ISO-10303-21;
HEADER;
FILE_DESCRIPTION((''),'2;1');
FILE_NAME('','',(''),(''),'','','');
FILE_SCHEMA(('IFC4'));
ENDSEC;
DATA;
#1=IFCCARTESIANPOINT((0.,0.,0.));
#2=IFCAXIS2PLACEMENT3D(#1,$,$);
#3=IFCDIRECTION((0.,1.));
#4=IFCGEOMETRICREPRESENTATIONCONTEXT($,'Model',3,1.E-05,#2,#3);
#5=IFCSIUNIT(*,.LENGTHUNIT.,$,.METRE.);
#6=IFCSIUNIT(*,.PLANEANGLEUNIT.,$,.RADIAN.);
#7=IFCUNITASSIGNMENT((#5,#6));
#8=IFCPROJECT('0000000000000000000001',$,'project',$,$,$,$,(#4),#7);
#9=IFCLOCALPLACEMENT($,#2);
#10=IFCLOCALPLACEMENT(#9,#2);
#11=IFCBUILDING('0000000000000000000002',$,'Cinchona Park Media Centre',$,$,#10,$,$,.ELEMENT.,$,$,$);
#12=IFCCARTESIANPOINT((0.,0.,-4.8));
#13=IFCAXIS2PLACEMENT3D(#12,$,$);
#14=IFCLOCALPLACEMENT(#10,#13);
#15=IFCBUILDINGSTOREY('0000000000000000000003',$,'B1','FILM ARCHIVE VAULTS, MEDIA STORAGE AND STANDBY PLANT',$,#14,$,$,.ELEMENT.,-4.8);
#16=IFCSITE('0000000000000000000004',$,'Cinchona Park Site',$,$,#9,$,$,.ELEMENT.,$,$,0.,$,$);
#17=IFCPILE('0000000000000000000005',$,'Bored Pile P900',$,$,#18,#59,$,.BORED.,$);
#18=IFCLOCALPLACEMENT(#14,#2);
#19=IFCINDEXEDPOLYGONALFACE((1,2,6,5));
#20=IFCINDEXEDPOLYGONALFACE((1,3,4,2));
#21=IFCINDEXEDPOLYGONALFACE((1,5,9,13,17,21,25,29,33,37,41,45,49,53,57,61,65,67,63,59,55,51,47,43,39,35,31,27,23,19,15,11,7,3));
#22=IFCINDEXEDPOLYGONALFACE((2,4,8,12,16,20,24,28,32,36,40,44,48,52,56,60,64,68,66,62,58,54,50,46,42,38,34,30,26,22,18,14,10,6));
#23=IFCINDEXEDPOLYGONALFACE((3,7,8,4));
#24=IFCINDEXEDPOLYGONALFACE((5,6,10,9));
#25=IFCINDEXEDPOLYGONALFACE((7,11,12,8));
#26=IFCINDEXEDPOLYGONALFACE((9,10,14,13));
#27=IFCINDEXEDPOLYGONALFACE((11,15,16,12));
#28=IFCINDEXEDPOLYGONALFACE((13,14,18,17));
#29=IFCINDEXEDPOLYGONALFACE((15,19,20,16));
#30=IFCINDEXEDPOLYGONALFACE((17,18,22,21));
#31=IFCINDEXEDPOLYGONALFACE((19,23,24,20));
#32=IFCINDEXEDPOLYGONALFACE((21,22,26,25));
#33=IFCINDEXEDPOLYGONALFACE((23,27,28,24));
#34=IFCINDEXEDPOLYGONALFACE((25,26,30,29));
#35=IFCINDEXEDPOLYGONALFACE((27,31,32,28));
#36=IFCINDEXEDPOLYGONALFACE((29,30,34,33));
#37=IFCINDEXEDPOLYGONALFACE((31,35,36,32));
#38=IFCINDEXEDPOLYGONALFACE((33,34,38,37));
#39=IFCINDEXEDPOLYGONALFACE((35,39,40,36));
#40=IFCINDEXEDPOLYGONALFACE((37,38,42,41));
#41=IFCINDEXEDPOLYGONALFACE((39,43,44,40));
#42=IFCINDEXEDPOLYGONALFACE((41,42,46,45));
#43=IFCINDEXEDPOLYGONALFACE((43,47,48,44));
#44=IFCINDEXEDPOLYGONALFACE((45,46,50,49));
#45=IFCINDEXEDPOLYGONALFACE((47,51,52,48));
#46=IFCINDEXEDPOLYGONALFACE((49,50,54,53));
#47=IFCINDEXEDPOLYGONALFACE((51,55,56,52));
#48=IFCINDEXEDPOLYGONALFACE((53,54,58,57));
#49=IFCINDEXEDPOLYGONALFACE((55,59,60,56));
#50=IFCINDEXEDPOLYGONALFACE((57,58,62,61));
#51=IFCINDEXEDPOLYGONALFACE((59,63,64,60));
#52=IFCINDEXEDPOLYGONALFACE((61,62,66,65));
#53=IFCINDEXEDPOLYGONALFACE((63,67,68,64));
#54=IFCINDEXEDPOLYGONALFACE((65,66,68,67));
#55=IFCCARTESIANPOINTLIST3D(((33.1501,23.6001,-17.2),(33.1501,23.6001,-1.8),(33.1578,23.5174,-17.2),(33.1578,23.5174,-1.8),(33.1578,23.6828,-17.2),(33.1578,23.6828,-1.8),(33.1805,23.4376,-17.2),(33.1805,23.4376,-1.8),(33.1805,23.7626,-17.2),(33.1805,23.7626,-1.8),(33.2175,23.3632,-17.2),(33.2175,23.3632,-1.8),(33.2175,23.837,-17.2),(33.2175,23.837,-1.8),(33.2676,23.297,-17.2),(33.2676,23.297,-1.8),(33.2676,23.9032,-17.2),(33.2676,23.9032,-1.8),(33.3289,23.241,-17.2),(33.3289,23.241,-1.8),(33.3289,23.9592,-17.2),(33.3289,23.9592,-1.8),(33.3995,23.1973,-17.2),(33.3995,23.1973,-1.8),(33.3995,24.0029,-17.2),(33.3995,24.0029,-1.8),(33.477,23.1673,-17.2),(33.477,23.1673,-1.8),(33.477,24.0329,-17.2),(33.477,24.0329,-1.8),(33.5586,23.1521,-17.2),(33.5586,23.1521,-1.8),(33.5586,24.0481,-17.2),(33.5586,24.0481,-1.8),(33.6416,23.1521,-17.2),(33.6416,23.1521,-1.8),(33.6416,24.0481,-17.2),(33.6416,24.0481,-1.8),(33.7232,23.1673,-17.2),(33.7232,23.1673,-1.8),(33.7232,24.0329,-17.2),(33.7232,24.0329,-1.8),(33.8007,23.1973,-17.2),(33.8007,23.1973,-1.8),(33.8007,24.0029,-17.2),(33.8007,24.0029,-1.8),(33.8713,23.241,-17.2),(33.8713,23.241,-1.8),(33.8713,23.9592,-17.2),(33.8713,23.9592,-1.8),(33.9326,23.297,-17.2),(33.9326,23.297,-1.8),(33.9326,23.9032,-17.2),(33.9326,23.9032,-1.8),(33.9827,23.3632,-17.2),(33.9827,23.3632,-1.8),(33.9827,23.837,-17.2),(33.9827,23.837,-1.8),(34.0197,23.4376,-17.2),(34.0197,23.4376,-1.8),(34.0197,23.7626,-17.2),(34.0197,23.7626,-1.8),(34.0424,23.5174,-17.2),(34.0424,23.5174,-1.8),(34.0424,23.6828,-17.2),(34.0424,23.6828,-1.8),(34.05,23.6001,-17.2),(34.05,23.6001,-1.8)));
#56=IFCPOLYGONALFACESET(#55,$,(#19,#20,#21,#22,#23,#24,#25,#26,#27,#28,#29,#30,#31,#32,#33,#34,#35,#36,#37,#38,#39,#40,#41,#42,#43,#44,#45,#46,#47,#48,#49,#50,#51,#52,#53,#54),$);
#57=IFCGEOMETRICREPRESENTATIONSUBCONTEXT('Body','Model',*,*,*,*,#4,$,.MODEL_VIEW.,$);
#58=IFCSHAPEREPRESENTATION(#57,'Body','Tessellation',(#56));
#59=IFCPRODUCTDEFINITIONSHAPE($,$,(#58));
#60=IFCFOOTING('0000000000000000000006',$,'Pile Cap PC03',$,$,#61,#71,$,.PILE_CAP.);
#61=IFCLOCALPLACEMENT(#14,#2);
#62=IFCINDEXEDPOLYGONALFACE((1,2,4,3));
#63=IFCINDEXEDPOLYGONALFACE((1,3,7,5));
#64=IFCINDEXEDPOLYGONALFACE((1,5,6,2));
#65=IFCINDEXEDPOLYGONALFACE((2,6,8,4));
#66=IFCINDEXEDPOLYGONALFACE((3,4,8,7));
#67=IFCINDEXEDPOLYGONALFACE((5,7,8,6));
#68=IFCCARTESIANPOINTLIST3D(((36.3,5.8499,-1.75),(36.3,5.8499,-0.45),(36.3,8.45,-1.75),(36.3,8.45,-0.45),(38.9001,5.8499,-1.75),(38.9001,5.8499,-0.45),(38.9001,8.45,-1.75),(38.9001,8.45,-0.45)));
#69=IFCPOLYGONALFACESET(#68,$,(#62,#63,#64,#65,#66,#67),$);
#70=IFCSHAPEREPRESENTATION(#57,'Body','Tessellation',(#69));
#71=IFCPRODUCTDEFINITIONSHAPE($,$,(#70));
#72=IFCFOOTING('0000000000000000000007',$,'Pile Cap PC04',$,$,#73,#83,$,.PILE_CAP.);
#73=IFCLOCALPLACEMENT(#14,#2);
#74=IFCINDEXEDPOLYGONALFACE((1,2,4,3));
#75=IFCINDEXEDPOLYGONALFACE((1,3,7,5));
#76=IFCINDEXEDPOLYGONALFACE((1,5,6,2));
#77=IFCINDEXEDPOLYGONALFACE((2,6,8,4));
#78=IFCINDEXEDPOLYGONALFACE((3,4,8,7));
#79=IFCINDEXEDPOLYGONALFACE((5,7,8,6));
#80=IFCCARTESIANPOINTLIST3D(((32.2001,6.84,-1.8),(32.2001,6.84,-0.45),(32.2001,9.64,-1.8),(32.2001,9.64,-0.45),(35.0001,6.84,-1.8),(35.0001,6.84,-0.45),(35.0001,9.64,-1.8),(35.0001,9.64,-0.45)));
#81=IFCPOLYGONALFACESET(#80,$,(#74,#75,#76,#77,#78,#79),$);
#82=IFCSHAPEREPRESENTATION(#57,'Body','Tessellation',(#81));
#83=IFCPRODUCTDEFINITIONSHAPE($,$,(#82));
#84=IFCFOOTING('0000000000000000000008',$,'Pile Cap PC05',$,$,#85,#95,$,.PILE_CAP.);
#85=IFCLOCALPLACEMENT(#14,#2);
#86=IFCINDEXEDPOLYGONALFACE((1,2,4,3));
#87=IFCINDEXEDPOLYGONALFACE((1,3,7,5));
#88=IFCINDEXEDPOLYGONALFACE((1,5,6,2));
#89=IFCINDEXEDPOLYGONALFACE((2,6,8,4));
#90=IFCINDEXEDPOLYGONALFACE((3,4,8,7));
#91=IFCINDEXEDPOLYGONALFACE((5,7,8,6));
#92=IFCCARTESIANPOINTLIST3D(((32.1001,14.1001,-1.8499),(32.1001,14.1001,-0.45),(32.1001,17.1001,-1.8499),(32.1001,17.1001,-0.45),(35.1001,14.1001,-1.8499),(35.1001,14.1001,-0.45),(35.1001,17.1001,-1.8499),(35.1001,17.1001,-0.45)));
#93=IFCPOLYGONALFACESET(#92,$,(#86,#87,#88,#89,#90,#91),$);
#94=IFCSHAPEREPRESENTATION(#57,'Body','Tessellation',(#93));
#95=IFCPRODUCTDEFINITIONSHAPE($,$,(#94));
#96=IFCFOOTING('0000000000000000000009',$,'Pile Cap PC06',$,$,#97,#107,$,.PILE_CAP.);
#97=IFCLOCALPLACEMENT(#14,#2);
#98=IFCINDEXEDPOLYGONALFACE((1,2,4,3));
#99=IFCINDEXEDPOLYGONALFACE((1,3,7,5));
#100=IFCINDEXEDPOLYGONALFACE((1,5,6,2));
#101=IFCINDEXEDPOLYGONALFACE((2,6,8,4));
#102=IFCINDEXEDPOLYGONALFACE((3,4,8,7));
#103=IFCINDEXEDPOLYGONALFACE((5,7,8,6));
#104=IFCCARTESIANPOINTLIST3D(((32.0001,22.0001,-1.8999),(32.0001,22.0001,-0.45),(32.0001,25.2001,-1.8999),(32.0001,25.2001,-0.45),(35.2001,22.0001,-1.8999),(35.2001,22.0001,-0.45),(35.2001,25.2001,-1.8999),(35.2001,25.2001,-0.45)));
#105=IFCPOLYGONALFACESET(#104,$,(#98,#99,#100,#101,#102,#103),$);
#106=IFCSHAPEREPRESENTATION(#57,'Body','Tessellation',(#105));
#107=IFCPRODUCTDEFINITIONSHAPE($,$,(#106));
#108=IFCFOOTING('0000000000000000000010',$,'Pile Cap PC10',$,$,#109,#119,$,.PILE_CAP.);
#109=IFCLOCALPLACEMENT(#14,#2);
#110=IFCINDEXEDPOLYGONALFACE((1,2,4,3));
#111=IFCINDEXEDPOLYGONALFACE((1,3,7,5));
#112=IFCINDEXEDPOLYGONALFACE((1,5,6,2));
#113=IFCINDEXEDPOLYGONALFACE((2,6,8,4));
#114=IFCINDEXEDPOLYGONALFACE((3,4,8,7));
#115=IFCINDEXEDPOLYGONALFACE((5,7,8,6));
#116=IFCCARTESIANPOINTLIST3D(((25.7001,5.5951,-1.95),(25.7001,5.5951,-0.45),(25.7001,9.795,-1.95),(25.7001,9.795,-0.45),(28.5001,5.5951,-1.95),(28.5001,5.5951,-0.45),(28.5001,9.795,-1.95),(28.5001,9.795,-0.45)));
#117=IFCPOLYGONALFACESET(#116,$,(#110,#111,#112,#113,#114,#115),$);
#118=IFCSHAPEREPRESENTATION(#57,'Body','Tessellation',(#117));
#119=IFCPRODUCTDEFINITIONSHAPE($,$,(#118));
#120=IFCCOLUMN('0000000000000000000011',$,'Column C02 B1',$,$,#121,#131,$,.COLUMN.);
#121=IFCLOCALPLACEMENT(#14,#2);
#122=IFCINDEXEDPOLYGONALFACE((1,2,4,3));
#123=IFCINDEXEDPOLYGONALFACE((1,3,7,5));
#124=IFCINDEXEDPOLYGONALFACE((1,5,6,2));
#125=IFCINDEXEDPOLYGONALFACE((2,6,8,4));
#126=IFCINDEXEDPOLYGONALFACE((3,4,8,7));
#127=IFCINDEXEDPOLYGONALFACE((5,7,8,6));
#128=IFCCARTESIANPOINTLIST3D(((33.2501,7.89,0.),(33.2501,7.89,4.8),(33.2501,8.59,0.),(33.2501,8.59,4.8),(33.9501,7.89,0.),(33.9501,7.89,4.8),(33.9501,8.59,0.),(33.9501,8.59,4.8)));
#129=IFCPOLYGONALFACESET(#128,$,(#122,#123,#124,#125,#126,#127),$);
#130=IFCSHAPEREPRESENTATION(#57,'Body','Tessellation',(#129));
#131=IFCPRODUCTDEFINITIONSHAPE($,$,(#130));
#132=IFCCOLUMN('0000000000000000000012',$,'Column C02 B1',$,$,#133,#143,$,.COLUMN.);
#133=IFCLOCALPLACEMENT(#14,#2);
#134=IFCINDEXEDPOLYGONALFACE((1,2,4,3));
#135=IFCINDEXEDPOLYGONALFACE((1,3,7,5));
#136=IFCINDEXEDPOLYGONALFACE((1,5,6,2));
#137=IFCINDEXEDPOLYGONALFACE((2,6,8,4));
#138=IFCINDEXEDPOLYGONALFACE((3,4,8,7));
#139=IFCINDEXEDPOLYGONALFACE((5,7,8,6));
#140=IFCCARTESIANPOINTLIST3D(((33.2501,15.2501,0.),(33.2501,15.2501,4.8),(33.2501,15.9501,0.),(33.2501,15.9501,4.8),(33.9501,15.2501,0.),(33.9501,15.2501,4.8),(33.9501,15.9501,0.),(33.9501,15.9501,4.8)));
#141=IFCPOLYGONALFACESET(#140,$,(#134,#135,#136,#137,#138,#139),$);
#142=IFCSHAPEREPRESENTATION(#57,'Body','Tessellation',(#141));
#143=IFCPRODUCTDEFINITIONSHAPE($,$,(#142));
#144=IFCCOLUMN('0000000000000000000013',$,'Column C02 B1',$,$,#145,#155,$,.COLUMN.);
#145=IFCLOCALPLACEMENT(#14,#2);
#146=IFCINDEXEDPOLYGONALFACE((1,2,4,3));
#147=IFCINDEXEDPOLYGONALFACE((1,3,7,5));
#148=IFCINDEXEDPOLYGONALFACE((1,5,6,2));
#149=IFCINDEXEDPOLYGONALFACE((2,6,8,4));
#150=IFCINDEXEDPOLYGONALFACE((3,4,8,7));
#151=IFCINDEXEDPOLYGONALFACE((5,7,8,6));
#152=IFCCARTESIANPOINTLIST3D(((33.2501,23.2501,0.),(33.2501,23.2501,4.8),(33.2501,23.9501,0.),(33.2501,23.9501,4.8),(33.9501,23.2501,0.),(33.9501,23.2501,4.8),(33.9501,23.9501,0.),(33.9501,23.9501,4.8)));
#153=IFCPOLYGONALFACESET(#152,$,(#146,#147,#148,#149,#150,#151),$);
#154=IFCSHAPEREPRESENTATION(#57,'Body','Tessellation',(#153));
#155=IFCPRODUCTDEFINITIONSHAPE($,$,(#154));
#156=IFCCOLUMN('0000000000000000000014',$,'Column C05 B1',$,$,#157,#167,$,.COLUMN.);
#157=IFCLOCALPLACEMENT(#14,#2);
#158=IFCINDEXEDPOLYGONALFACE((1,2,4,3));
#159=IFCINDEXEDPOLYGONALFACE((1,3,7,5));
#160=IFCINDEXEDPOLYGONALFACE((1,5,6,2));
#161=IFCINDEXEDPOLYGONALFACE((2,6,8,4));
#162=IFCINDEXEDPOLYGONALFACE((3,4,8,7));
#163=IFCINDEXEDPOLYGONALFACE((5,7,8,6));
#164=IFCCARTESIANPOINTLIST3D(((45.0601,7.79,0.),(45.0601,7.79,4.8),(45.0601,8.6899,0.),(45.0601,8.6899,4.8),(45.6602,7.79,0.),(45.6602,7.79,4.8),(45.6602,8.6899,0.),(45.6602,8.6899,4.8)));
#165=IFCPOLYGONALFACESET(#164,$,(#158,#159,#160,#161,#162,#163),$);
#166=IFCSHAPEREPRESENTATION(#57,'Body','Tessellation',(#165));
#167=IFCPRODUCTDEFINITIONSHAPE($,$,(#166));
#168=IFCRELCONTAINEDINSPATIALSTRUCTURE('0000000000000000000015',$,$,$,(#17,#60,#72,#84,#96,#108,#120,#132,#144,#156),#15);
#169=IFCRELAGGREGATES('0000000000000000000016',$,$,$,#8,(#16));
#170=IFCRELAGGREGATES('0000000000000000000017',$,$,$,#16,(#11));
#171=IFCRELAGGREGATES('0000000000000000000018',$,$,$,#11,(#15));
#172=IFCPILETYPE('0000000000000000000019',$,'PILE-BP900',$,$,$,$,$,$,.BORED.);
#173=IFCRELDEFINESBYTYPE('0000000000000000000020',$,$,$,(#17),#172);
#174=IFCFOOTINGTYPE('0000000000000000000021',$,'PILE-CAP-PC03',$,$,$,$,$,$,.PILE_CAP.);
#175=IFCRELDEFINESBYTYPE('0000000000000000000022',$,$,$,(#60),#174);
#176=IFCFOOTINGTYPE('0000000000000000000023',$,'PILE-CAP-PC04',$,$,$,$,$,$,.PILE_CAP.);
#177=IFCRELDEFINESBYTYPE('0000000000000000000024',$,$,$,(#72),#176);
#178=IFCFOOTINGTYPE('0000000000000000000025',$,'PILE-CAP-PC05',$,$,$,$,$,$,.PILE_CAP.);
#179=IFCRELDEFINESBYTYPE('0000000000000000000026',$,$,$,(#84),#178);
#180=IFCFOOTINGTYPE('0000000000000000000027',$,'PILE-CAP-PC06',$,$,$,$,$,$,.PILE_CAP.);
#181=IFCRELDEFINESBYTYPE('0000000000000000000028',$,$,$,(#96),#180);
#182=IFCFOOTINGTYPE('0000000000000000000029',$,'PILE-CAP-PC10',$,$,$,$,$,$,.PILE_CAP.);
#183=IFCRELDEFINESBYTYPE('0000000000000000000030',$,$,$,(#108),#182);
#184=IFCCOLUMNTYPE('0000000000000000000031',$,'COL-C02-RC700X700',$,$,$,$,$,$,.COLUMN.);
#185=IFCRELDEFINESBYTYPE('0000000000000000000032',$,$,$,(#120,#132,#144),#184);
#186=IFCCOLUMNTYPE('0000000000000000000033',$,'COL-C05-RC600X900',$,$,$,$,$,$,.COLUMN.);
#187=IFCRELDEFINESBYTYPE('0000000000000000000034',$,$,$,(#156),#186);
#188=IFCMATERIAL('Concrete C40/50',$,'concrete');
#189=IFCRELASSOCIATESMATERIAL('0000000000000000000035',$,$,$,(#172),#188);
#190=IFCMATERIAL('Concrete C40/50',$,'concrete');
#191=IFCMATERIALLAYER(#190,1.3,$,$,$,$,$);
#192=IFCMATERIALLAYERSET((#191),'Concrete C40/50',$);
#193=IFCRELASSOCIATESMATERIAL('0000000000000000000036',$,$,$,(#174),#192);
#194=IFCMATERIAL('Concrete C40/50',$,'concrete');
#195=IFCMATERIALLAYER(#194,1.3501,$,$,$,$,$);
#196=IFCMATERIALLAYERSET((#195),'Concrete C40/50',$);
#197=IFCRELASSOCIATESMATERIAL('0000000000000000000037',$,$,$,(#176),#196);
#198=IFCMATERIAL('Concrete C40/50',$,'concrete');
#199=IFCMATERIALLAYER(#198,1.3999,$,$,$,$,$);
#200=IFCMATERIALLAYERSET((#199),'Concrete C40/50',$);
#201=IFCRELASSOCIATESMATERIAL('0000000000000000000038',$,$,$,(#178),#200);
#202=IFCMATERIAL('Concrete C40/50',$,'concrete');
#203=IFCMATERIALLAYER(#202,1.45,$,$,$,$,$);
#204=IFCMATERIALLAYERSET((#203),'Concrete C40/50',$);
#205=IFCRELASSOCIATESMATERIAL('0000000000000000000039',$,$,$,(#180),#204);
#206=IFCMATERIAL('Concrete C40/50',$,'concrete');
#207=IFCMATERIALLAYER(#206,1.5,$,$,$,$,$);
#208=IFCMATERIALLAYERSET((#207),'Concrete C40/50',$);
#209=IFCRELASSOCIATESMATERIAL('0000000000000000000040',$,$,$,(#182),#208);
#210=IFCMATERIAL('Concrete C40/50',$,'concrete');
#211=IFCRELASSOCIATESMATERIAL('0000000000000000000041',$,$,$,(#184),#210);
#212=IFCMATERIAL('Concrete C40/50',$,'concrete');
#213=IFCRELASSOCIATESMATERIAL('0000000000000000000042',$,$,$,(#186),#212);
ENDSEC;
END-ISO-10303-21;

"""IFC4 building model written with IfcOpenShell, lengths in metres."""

from ifc_helpers import new_model, si_unit, direction, frame, origin, origin_2d, place, context, subcontext, project, spatial, rectangle, circle, extrude, material, layer, layer_set, material_profile, profile_set, type_object, element, save


model = new_model("IFC4")

# Units and contexts
model_context = context("Model", 3, precision=1e-05, world=origin(), true_north=direction((0.0, 1.0)))
body_context = subcontext(model_context, "Body", "Model", "MODEL_VIEW")
ifc_project = project(units=[si_unit("LENGTHUNIT", "METRE"), si_unit("PLANEANGLEUNIT", "RADIAN")], contexts=[model_context])

# Site, building, storey
site_placement = place(None, origin())
site = spatial("IfcSite", under=ifc_project, at=site_placement, Name="Cinchona Park Site", CompositionType="ELEMENT", RefElevation=0.0)
building_placement = place(site_placement, origin())
building = spatial("IfcBuilding", under=site, at=building_placement, Name="Cinchona Park Media Centre", CompositionType="ELEMENT")
storey_placement = place(building_placement, frame((0.0, 0.0, -4.8)))
storey = spatial("IfcBuildingStorey", under=building, at=storey_placement, Name="B1", Description="FILM ARCHIVE VAULTS, MEDIA STORAGE AND STANDBY PLANT", CompositionType="ELEMENT", Elevation=-4.8)

# Pile
ifc_material_1 = material(Name="Concrete C40/50", Category="concrete")
ifc_material_profile_1 = material_profile(ifc_material_1, circle(Radius=0.45, at=origin_2d()), Name="BORED PILE 900")
ifc_profile_set_1 = profile_set([ifc_material_profile_1], Name="Concrete C40/50")
pile_type_1 = type_object("IfcPileType", Name="PILE-BP900", PredefinedType="BORED", material=ifc_profile_set_1)
pile_1_placement = place(storey_placement, frame((33.6001, 23.6001, -1.8), z_axis=(0.0, 0.0, -1.0), x_axis=(1.0, 0.0, 0.0)))
element("IfcPile", 1, at=pile_1_placement, inside=storey, type_object=pile_type_1, Name="Bored Pile P900", PredefinedType="BORED", context=body_context, shape_type="SweptSolid", body=[
    extrude(circle(Radius=0.45, at=origin_2d()), origin(), (0.0, 0.0, 1.0), 15.3999),
])

# Footings
ifc_material_2 = material(Name="Concrete C40/50", Category="concrete")
ifc_layer_1 = layer(ifc_material_2, 1.3)
ifc_layer_set_1 = layer_set([ifc_layer_1], Name="Concrete C40/50")
footing_type_1 = type_object("IfcFootingType", Name="PILE-CAP-PC03", PredefinedType="PILE_CAP", material=ifc_layer_set_1)
footing_1_placement = place(storey_placement, frame((37.6001, 7.1499, -1.75), z_axis=(0.0, 0.0, 1.0), x_axis=(1.0, 0.0, 0.0)))
element("IfcFooting", 2, at=footing_1_placement, inside=storey, type_object=footing_type_1, Name="Pile Cap PC03", PredefinedType="PILE_CAP", context=body_context, shape_type="SweptSolid", body=[
    extrude(rectangle(XDim=2.6001, YDim=2.6001, at=origin_2d()), origin(), (0.0, 0.0, 1.0), 1.3),
])
ifc_material_3 = material(Name="Concrete C40/50", Category="concrete")
ifc_layer_2 = layer(ifc_material_3, 1.3501)
ifc_layer_set_2 = layer_set([ifc_layer_2], Name="Concrete C40/50")
footing_type_2 = type_object("IfcFootingType", Name="PILE-CAP-PC04", PredefinedType="PILE_CAP", material=ifc_layer_set_2)
footing_2_placement = place(storey_placement, frame((33.6001, 8.24, -1.8), z_axis=(0.0, 0.0, 1.0), x_axis=(1.0, 0.0, 0.0)))
element("IfcFooting", 3, at=footing_2_placement, inside=storey, type_object=footing_type_2, Name="Pile Cap PC04", PredefinedType="PILE_CAP", context=body_context, shape_type="SweptSolid", body=[
    extrude(rectangle(XDim=2.8, YDim=2.8, at=origin_2d()), origin(), (0.0, 0.0, 1.0), 1.3501),
])
ifc_material_4 = material(Name="Concrete C40/50", Category="concrete")
ifc_layer_3 = layer(ifc_material_4, 1.3999)
ifc_layer_set_3 = layer_set([ifc_layer_3], Name="Concrete C40/50")
footing_type_3 = type_object("IfcFootingType", Name="PILE-CAP-PC05", PredefinedType="PILE_CAP", material=ifc_layer_set_3)
footing_3_placement = place(storey_placement, frame((33.6001, 15.6001, -1.8499), z_axis=(0.0, 0.0, 1.0), x_axis=(1.0, 0.0, 0.0)))
element("IfcFooting", 4, at=footing_3_placement, inside=storey, type_object=footing_type_3, Name="Pile Cap PC05", PredefinedType="PILE_CAP", context=body_context, shape_type="SweptSolid", body=[
    extrude(rectangle(XDim=3.0, YDim=3.0, at=origin_2d()), origin(), (0.0, 0.0, 1.0), 1.3999),
])
ifc_material_5 = material(Name="Concrete C40/50", Category="concrete")
ifc_layer_4 = layer(ifc_material_5, 1.45)
ifc_layer_set_4 = layer_set([ifc_layer_4], Name="Concrete C40/50")
footing_type_4 = type_object("IfcFootingType", Name="PILE-CAP-PC06", PredefinedType="PILE_CAP", material=ifc_layer_set_4)
footing_4_placement = place(storey_placement, frame((33.6001, 23.6001, -1.8999), z_axis=(0.0, 0.0, 1.0), x_axis=(1.0, 0.0, 0.0)))
element("IfcFooting", 5, at=footing_4_placement, inside=storey, type_object=footing_type_4, Name="Pile Cap PC06", PredefinedType="PILE_CAP", context=body_context, shape_type="SweptSolid", body=[
    extrude(rectangle(XDim=3.2, YDim=3.2, at=origin_2d()), origin(), (0.0, 0.0, 1.0), 1.45),
])
ifc_material_6 = material(Name="Concrete C40/50", Category="concrete")
ifc_layer_5 = layer(ifc_material_6, 1.5)
ifc_layer_set_5 = layer_set([ifc_layer_5], Name="Concrete C40/50")
footing_type_5 = type_object("IfcFootingType", Name="PILE-CAP-PC10", PredefinedType="PILE_CAP", material=ifc_layer_set_5)
footing_5_placement = place(storey_placement, frame((27.1001, 7.6951, -1.95), z_axis=(0.0, 0.0, 1.0), x_axis=(1.0, 0.0, 0.0)))
element("IfcFooting", 6, at=footing_5_placement, inside=storey, type_object=footing_type_5, Name="Pile Cap PC10", PredefinedType="PILE_CAP", context=body_context, shape_type="SweptSolid", body=[
    extrude(rectangle(XDim=2.8, YDim=4.2, at=origin_2d()), origin(), (0.0, 0.0, 1.0), 1.5),
])

# Columns
ifc_material_7 = material(Name="Concrete C40/50", Category="concrete")
ifc_material_profile_2 = material_profile(ifc_material_7, rectangle(XDim=0.7, YDim=0.7, at=origin_2d()), Name="RC 700X700")
ifc_profile_set_2 = profile_set([ifc_material_profile_2], Name="Concrete C40/50")
column_type_1 = type_object("IfcColumnType", Name="COL-C02-RC700X700", PredefinedType="COLUMN", material=ifc_profile_set_2)
for number, where, z_axis, x_axis, name in (
    (7, (33.6001, 8.24, 0.0), (0.0, 0.0, 1.0), (1.0, 0.0, 0.0), "Column C02 B1"),
    (8, (33.6001, 15.6001, 0.0), (0.0, 0.0, 1.0), (1.0, 0.0, 0.0), "Column C02 B1"),
    (9, (33.6001, 23.6001, 0.0), (0.0, 0.0, 1.0), (1.0, 0.0, 0.0), "Column C02 B1"),
):
    element("IfcColumn", number, at=place(storey_placement, frame(where, z_axis=z_axis, x_axis=x_axis)), inside=storey, type_object=column_type_1, Name=name, PredefinedType="COLUMN", context=body_context, shape_type="SweptSolid", body=[
        extrude(rectangle(XDim=0.7, YDim=0.7, at=origin_2d()), origin(), (0.0, 0.0, 1.0), 4.8),
    ])
ifc_material_8 = material(Name="Concrete C40/50", Category="concrete")
ifc_material_profile_3 = material_profile(ifc_material_8, rectangle(XDim=0.6001, YDim=0.8999, at=origin_2d()), Name="RC 600X900")
ifc_profile_set_3 = profile_set([ifc_material_profile_3], Name="Concrete C40/50")
column_type_2 = type_object("IfcColumnType", Name="COL-C05-RC600X900", PredefinedType="COLUMN", material=ifc_profile_set_3)
column_placement = place(storey_placement, frame((45.3601, 8.24, 0.0), z_axis=(0.0, 0.0, 1.0), x_axis=(1.0, 0.0, 0.0)))
element("IfcColumn", 10, at=column_placement, inside=storey, type_object=column_type_2, Name="Column C05 B1", PredefinedType="COLUMN", context=body_context, shape_type="SweptSolid", body=[
    extrude(rectangle(XDim=0.6001, YDim=0.8999, at=origin_2d()), origin(), (0.0, 0.0, 1.0), 4.8),
])

save(model, "model.ifc")
